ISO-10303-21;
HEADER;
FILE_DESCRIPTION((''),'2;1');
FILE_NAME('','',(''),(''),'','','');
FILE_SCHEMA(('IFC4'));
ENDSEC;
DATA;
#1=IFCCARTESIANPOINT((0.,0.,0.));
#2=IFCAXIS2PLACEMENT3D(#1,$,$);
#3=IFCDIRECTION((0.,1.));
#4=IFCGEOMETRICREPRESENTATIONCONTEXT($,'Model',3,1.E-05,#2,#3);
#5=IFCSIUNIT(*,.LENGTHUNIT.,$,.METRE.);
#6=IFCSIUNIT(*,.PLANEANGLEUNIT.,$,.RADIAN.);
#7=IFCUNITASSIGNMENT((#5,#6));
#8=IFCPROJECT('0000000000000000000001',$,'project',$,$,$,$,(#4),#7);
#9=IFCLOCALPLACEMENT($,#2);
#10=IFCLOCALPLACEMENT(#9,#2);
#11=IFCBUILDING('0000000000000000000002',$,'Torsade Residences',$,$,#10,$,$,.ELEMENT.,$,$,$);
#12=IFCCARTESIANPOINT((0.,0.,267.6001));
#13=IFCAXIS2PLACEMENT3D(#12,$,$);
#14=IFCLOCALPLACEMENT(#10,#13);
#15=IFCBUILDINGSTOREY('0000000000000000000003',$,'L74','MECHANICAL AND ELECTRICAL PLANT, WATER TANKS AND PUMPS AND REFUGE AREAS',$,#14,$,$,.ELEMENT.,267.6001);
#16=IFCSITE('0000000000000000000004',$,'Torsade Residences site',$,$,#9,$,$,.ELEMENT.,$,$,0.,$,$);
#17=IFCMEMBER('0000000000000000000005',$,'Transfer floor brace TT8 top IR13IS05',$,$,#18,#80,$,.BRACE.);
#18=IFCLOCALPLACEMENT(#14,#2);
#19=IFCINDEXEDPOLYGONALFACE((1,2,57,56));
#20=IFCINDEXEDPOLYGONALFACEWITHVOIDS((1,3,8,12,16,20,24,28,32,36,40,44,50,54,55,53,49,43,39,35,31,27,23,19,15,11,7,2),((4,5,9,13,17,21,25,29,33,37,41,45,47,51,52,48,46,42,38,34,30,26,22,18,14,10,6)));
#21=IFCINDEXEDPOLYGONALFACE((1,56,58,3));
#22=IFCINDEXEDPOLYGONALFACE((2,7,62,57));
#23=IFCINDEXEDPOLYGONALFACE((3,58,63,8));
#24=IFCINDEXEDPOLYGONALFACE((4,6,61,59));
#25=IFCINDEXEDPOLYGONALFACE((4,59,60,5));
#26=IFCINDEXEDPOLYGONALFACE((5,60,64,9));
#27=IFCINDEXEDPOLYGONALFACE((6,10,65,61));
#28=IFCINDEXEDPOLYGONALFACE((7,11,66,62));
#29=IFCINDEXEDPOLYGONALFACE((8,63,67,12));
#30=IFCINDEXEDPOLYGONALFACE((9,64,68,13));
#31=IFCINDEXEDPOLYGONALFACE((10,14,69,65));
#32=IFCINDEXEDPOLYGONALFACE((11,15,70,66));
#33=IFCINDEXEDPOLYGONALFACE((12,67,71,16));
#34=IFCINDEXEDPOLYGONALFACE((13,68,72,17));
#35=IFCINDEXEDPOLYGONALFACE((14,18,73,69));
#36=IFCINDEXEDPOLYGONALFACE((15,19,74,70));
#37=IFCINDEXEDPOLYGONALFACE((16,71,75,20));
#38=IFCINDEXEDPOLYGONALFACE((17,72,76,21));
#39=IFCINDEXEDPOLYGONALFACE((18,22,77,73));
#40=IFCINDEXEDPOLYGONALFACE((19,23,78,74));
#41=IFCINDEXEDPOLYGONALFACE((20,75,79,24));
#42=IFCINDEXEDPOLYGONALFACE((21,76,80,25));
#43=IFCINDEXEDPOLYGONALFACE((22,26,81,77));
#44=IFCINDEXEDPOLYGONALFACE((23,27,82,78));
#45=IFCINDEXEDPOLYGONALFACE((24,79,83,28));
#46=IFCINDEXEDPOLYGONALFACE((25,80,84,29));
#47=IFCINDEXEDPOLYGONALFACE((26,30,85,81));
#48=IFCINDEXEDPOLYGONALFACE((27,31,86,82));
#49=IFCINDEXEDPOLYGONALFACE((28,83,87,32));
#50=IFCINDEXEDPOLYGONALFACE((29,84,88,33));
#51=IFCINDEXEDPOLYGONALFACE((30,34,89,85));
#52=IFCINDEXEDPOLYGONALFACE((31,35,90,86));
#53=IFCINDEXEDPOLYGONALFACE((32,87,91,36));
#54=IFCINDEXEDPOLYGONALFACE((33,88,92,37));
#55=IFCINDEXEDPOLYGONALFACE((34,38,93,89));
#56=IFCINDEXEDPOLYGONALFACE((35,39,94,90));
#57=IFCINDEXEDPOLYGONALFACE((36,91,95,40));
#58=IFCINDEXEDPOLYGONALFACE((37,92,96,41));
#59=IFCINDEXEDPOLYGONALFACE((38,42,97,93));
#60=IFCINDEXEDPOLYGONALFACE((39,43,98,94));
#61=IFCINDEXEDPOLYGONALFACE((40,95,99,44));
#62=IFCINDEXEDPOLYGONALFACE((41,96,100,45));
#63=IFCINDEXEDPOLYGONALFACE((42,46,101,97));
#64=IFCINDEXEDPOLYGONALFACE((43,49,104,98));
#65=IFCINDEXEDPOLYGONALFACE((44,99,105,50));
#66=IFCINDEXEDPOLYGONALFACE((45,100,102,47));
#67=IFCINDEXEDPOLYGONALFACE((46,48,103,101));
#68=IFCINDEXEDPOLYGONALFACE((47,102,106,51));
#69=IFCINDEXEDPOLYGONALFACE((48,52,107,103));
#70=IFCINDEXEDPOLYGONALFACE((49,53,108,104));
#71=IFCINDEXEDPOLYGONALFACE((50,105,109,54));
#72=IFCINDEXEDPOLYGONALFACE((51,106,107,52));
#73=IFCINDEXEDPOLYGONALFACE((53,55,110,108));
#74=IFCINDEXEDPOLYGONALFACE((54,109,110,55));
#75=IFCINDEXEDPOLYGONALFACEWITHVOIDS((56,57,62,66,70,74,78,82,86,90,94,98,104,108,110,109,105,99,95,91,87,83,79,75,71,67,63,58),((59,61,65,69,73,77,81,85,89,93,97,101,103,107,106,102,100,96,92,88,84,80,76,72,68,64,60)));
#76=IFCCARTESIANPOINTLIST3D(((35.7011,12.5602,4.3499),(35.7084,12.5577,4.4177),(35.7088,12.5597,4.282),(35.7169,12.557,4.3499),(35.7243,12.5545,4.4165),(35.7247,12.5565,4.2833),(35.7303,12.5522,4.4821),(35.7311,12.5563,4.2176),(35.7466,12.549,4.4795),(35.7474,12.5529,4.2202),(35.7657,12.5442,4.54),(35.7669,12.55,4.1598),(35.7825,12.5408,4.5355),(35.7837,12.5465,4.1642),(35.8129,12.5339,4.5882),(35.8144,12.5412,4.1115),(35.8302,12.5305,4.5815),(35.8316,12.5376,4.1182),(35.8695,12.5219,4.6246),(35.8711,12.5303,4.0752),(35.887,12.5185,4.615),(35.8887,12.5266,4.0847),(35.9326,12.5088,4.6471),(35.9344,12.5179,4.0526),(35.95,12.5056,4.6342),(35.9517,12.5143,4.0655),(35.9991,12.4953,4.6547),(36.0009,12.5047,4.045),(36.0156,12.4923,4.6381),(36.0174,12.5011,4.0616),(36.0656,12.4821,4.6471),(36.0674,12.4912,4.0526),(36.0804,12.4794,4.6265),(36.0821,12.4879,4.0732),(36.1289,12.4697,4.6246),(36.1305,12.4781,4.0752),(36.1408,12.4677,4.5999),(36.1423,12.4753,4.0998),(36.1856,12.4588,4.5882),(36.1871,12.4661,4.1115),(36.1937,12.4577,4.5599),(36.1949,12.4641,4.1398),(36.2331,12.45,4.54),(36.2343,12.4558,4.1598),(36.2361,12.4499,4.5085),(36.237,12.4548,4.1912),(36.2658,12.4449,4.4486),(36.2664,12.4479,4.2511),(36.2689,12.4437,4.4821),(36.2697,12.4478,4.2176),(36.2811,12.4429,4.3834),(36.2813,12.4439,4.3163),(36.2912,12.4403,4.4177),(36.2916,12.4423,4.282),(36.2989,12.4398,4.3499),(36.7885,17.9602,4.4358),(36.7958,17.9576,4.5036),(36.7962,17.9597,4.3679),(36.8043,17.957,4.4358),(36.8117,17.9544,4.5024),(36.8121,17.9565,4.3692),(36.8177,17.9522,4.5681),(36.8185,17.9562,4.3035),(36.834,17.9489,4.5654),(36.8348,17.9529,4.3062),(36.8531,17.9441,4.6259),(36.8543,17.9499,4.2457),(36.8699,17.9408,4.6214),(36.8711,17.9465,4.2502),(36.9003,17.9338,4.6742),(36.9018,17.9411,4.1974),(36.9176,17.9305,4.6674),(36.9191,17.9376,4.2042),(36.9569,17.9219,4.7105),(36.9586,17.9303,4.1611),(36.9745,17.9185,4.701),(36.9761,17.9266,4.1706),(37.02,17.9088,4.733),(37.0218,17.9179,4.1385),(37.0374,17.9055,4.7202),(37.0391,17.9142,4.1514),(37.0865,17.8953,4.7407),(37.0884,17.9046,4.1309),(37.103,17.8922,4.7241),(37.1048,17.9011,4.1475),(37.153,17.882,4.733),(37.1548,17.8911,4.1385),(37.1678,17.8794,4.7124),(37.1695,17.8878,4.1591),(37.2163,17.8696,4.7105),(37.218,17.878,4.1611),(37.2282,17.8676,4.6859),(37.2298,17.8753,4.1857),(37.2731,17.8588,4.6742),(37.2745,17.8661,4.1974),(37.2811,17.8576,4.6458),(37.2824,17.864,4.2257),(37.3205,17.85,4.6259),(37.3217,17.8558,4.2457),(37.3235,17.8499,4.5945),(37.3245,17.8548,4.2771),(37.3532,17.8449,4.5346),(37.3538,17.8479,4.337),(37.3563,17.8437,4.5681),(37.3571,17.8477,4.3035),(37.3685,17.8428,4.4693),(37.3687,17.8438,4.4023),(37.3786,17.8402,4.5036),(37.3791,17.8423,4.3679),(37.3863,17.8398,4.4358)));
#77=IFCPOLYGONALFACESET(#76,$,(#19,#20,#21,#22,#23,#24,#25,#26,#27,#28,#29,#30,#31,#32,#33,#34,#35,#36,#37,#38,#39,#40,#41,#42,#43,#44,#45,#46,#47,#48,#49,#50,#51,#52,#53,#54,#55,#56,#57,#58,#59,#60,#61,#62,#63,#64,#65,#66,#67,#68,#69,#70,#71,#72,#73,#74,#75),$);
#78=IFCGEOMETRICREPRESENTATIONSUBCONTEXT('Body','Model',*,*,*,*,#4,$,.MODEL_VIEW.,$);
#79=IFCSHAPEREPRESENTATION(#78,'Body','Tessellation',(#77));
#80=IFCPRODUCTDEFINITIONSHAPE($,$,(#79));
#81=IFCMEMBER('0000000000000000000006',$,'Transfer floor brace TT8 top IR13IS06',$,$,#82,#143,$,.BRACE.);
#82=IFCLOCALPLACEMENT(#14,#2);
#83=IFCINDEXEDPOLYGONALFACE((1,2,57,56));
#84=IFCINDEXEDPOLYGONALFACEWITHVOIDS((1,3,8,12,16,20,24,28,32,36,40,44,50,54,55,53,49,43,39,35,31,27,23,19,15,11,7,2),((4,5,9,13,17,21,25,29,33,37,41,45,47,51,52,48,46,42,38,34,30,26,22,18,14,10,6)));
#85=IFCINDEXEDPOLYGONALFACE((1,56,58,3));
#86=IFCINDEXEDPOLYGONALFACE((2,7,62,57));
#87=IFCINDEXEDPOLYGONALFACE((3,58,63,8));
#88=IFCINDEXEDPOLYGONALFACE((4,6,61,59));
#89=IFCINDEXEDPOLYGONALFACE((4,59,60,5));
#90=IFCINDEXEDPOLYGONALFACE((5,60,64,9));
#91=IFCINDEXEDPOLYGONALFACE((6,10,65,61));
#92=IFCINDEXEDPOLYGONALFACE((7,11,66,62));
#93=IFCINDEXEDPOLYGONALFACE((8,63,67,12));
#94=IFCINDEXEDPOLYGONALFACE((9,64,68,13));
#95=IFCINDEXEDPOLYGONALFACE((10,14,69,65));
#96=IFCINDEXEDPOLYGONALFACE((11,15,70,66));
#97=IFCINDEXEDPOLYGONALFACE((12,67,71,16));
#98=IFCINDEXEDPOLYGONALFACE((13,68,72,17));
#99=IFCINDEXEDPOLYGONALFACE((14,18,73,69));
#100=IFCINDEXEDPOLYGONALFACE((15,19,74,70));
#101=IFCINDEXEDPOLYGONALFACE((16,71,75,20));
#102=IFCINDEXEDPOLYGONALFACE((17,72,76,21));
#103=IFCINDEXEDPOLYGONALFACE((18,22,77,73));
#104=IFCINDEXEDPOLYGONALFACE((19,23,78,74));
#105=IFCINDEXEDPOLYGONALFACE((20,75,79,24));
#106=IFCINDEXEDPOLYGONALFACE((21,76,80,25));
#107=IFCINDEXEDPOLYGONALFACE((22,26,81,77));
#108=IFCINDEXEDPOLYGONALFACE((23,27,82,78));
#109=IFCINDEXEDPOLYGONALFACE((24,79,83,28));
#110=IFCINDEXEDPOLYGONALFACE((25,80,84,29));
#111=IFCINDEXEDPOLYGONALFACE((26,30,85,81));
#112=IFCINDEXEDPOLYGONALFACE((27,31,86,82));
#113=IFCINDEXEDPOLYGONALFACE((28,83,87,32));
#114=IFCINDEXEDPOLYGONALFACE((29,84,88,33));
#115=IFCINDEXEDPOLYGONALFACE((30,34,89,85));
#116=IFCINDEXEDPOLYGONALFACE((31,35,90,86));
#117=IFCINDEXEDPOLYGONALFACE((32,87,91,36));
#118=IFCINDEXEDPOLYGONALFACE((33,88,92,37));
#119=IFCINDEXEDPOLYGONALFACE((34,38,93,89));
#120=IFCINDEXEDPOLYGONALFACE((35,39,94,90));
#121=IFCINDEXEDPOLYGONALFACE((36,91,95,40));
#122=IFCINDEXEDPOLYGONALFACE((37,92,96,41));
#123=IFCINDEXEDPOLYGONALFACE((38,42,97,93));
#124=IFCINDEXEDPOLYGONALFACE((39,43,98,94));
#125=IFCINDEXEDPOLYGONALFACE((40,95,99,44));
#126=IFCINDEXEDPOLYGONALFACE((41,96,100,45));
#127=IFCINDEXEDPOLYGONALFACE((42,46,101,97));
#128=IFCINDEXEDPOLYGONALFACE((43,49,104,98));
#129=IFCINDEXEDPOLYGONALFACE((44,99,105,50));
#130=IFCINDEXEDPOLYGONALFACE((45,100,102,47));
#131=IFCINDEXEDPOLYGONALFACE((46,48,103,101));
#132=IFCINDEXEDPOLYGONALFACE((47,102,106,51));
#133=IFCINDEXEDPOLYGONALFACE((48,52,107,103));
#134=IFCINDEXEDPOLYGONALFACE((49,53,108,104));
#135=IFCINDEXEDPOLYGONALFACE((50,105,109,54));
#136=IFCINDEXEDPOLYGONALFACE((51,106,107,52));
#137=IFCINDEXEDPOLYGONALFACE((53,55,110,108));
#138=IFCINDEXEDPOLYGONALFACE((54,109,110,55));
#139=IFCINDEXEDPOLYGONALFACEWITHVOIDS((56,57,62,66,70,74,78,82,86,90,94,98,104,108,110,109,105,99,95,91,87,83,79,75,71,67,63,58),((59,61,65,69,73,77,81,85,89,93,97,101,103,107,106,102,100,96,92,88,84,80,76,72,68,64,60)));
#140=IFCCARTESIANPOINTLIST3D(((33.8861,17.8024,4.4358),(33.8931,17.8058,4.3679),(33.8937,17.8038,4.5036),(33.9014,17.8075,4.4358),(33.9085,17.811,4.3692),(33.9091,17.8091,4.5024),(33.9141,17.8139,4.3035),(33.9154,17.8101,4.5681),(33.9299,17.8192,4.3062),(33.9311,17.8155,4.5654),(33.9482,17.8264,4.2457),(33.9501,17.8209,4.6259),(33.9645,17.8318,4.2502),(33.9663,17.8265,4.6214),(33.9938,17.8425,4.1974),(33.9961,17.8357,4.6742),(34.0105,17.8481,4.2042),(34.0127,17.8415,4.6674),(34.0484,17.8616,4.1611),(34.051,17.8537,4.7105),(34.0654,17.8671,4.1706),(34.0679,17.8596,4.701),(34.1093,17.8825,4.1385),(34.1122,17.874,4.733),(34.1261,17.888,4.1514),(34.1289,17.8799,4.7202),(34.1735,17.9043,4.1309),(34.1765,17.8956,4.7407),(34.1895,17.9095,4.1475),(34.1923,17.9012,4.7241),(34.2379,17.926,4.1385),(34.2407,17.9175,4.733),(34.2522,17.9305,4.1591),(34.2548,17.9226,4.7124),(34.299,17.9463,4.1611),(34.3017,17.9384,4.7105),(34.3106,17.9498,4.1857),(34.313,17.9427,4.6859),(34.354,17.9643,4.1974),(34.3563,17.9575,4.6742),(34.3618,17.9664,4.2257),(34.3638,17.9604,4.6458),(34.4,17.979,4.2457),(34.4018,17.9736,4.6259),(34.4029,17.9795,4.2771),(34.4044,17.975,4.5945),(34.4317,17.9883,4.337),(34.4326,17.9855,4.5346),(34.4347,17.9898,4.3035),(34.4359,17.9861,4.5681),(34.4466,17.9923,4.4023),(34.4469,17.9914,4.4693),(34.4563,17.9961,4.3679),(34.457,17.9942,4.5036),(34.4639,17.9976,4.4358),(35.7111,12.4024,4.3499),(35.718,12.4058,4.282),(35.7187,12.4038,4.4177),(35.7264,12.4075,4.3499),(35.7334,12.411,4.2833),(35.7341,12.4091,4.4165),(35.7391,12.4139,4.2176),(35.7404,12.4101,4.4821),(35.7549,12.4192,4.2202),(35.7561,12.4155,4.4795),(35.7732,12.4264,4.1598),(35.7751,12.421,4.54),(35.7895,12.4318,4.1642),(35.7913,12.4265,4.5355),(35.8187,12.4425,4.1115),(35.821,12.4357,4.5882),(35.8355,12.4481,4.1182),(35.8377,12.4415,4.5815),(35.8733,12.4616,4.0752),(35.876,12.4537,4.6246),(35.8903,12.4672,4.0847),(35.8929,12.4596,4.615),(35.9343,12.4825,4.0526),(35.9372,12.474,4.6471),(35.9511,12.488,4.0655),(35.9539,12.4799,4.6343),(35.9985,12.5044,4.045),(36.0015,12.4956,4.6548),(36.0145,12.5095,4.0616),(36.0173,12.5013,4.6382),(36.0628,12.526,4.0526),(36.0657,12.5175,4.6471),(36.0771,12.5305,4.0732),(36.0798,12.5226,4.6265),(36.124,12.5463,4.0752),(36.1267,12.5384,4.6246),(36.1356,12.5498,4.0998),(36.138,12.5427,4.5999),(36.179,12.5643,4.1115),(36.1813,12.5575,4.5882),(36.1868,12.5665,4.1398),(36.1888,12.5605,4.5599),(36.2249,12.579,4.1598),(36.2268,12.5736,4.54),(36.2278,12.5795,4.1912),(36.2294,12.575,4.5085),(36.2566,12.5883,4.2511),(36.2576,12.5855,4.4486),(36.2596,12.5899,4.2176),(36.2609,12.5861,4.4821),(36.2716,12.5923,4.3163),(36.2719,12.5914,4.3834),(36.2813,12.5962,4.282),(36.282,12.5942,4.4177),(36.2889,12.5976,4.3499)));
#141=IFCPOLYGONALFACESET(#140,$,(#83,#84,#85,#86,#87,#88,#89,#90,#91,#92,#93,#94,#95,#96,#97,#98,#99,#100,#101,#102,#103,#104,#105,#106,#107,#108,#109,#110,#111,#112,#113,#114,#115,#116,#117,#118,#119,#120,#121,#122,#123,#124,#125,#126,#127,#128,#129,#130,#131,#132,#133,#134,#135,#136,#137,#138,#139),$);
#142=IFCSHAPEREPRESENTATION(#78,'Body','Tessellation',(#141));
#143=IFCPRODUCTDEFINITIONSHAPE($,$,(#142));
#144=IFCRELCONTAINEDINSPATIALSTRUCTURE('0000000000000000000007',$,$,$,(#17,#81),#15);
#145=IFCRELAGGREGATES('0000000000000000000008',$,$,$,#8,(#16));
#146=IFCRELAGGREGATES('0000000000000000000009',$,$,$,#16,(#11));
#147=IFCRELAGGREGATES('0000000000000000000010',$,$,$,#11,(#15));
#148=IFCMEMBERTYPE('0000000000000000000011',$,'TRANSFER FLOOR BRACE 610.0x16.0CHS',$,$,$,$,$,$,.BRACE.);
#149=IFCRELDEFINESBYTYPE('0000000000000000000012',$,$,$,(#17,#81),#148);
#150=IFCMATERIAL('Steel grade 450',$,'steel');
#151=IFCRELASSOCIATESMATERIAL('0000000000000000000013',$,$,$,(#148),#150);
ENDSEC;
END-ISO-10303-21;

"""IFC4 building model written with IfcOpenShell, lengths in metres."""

from ifc_helpers import new_model, si_unit, direction, frame, origin, origin_2d, place, context, subcontext, project, spatial, hollow_circle, extrude, material, material_profile, profile_set, type_object, element, save


model = new_model("IFC4")

# Units and contexts
model_context = context("Model", 3, precision=1e-05, world=origin(), true_north=direction((0.0, 1.0)))
body_context = subcontext(model_context, "Body", "Model", "MODEL_VIEW")
ifc_project = project(units=[si_unit("LENGTHUNIT", "METRE"), si_unit("PLANEANGLEUNIT", "RADIAN")], contexts=[model_context])

# Site, building, storey
site_placement = place(None, origin())
site = spatial("IfcSite", under=ifc_project, at=site_placement, Name="Torsade Residences site", CompositionType="ELEMENT", RefElevation=0.0)
building_placement = place(site_placement, origin())
building = spatial("IfcBuilding", under=site, at=building_placement, Name="Torsade Residences", CompositionType="ELEMENT")
storey_placement = place(building_placement, frame((0.0, 0.0, 267.6001)))
storey = spatial("IfcBuildingStorey", under=building, at=storey_placement, Name="L74", Description="MECHANICAL AND ELECTRICAL PLANT, WATER TANKS AND PUMPS AND REFUGE AREAS", CompositionType="ELEMENT", Elevation=267.6001)

# Members
ifc_material_1 = material(Name="Steel grade 450", Category="steel")
ifc_material_profile_1 = material_profile(ifc_material_1, hollow_circle(Radius=0.3049, WallThickness=0.0161, at=origin_2d()), Name="610.0x16.0CHS")
ifc_profile_set_1 = profile_set([ifc_material_profile_1], Name="Steel grade 450")
member_type_1 = type_object("IfcMemberType", Name="TRANSFER FLOOR BRACE 610.0x16.0CHS", PredefinedType="BRACE", material=ifc_profile_set_1)
member_1_placement = place(storey_placement, frame((36.0, 12.5, 4.3499), z_axis=(0.197388, 0.980201, 0.0156), x_axis=(-0.980321, 0.197412, 0.0)))
element("IfcMember", 1, at=member_1_placement, inside=storey, type_object=member_type_1, Name="Transfer floor brace TT8 top IR13IS05", PredefinedType="BRACE", context=body_context, shape_type="SweptSolid", body=[
    extrude(hollow_circle(Radius=0.3049, WallThickness=0.0161, at=origin_2d()), origin(), (0.0, 0.0, 1.0), 5.509),
])
member_2_placement = place(storey_placement, frame((36.0, 12.5, 4.3499), z_axis=(-0.320133, 0.947252, 0.015075), x_axis=(-0.94736, -0.32017, 0.0)))
element("IfcMember", 2, at=member_2_placement, inside=storey, type_object=member_type_1, Name="Transfer floor brace TT8 top IR13IS06", PredefinedType="BRACE", context=body_context, shape_type="SweptSolid", body=[
    extrude(hollow_circle(Radius=0.3049, WallThickness=0.0161, at=origin_2d()), origin(), (0.0, 0.0, 1.0), 5.7007),
])

save(model, "model.ifc")
